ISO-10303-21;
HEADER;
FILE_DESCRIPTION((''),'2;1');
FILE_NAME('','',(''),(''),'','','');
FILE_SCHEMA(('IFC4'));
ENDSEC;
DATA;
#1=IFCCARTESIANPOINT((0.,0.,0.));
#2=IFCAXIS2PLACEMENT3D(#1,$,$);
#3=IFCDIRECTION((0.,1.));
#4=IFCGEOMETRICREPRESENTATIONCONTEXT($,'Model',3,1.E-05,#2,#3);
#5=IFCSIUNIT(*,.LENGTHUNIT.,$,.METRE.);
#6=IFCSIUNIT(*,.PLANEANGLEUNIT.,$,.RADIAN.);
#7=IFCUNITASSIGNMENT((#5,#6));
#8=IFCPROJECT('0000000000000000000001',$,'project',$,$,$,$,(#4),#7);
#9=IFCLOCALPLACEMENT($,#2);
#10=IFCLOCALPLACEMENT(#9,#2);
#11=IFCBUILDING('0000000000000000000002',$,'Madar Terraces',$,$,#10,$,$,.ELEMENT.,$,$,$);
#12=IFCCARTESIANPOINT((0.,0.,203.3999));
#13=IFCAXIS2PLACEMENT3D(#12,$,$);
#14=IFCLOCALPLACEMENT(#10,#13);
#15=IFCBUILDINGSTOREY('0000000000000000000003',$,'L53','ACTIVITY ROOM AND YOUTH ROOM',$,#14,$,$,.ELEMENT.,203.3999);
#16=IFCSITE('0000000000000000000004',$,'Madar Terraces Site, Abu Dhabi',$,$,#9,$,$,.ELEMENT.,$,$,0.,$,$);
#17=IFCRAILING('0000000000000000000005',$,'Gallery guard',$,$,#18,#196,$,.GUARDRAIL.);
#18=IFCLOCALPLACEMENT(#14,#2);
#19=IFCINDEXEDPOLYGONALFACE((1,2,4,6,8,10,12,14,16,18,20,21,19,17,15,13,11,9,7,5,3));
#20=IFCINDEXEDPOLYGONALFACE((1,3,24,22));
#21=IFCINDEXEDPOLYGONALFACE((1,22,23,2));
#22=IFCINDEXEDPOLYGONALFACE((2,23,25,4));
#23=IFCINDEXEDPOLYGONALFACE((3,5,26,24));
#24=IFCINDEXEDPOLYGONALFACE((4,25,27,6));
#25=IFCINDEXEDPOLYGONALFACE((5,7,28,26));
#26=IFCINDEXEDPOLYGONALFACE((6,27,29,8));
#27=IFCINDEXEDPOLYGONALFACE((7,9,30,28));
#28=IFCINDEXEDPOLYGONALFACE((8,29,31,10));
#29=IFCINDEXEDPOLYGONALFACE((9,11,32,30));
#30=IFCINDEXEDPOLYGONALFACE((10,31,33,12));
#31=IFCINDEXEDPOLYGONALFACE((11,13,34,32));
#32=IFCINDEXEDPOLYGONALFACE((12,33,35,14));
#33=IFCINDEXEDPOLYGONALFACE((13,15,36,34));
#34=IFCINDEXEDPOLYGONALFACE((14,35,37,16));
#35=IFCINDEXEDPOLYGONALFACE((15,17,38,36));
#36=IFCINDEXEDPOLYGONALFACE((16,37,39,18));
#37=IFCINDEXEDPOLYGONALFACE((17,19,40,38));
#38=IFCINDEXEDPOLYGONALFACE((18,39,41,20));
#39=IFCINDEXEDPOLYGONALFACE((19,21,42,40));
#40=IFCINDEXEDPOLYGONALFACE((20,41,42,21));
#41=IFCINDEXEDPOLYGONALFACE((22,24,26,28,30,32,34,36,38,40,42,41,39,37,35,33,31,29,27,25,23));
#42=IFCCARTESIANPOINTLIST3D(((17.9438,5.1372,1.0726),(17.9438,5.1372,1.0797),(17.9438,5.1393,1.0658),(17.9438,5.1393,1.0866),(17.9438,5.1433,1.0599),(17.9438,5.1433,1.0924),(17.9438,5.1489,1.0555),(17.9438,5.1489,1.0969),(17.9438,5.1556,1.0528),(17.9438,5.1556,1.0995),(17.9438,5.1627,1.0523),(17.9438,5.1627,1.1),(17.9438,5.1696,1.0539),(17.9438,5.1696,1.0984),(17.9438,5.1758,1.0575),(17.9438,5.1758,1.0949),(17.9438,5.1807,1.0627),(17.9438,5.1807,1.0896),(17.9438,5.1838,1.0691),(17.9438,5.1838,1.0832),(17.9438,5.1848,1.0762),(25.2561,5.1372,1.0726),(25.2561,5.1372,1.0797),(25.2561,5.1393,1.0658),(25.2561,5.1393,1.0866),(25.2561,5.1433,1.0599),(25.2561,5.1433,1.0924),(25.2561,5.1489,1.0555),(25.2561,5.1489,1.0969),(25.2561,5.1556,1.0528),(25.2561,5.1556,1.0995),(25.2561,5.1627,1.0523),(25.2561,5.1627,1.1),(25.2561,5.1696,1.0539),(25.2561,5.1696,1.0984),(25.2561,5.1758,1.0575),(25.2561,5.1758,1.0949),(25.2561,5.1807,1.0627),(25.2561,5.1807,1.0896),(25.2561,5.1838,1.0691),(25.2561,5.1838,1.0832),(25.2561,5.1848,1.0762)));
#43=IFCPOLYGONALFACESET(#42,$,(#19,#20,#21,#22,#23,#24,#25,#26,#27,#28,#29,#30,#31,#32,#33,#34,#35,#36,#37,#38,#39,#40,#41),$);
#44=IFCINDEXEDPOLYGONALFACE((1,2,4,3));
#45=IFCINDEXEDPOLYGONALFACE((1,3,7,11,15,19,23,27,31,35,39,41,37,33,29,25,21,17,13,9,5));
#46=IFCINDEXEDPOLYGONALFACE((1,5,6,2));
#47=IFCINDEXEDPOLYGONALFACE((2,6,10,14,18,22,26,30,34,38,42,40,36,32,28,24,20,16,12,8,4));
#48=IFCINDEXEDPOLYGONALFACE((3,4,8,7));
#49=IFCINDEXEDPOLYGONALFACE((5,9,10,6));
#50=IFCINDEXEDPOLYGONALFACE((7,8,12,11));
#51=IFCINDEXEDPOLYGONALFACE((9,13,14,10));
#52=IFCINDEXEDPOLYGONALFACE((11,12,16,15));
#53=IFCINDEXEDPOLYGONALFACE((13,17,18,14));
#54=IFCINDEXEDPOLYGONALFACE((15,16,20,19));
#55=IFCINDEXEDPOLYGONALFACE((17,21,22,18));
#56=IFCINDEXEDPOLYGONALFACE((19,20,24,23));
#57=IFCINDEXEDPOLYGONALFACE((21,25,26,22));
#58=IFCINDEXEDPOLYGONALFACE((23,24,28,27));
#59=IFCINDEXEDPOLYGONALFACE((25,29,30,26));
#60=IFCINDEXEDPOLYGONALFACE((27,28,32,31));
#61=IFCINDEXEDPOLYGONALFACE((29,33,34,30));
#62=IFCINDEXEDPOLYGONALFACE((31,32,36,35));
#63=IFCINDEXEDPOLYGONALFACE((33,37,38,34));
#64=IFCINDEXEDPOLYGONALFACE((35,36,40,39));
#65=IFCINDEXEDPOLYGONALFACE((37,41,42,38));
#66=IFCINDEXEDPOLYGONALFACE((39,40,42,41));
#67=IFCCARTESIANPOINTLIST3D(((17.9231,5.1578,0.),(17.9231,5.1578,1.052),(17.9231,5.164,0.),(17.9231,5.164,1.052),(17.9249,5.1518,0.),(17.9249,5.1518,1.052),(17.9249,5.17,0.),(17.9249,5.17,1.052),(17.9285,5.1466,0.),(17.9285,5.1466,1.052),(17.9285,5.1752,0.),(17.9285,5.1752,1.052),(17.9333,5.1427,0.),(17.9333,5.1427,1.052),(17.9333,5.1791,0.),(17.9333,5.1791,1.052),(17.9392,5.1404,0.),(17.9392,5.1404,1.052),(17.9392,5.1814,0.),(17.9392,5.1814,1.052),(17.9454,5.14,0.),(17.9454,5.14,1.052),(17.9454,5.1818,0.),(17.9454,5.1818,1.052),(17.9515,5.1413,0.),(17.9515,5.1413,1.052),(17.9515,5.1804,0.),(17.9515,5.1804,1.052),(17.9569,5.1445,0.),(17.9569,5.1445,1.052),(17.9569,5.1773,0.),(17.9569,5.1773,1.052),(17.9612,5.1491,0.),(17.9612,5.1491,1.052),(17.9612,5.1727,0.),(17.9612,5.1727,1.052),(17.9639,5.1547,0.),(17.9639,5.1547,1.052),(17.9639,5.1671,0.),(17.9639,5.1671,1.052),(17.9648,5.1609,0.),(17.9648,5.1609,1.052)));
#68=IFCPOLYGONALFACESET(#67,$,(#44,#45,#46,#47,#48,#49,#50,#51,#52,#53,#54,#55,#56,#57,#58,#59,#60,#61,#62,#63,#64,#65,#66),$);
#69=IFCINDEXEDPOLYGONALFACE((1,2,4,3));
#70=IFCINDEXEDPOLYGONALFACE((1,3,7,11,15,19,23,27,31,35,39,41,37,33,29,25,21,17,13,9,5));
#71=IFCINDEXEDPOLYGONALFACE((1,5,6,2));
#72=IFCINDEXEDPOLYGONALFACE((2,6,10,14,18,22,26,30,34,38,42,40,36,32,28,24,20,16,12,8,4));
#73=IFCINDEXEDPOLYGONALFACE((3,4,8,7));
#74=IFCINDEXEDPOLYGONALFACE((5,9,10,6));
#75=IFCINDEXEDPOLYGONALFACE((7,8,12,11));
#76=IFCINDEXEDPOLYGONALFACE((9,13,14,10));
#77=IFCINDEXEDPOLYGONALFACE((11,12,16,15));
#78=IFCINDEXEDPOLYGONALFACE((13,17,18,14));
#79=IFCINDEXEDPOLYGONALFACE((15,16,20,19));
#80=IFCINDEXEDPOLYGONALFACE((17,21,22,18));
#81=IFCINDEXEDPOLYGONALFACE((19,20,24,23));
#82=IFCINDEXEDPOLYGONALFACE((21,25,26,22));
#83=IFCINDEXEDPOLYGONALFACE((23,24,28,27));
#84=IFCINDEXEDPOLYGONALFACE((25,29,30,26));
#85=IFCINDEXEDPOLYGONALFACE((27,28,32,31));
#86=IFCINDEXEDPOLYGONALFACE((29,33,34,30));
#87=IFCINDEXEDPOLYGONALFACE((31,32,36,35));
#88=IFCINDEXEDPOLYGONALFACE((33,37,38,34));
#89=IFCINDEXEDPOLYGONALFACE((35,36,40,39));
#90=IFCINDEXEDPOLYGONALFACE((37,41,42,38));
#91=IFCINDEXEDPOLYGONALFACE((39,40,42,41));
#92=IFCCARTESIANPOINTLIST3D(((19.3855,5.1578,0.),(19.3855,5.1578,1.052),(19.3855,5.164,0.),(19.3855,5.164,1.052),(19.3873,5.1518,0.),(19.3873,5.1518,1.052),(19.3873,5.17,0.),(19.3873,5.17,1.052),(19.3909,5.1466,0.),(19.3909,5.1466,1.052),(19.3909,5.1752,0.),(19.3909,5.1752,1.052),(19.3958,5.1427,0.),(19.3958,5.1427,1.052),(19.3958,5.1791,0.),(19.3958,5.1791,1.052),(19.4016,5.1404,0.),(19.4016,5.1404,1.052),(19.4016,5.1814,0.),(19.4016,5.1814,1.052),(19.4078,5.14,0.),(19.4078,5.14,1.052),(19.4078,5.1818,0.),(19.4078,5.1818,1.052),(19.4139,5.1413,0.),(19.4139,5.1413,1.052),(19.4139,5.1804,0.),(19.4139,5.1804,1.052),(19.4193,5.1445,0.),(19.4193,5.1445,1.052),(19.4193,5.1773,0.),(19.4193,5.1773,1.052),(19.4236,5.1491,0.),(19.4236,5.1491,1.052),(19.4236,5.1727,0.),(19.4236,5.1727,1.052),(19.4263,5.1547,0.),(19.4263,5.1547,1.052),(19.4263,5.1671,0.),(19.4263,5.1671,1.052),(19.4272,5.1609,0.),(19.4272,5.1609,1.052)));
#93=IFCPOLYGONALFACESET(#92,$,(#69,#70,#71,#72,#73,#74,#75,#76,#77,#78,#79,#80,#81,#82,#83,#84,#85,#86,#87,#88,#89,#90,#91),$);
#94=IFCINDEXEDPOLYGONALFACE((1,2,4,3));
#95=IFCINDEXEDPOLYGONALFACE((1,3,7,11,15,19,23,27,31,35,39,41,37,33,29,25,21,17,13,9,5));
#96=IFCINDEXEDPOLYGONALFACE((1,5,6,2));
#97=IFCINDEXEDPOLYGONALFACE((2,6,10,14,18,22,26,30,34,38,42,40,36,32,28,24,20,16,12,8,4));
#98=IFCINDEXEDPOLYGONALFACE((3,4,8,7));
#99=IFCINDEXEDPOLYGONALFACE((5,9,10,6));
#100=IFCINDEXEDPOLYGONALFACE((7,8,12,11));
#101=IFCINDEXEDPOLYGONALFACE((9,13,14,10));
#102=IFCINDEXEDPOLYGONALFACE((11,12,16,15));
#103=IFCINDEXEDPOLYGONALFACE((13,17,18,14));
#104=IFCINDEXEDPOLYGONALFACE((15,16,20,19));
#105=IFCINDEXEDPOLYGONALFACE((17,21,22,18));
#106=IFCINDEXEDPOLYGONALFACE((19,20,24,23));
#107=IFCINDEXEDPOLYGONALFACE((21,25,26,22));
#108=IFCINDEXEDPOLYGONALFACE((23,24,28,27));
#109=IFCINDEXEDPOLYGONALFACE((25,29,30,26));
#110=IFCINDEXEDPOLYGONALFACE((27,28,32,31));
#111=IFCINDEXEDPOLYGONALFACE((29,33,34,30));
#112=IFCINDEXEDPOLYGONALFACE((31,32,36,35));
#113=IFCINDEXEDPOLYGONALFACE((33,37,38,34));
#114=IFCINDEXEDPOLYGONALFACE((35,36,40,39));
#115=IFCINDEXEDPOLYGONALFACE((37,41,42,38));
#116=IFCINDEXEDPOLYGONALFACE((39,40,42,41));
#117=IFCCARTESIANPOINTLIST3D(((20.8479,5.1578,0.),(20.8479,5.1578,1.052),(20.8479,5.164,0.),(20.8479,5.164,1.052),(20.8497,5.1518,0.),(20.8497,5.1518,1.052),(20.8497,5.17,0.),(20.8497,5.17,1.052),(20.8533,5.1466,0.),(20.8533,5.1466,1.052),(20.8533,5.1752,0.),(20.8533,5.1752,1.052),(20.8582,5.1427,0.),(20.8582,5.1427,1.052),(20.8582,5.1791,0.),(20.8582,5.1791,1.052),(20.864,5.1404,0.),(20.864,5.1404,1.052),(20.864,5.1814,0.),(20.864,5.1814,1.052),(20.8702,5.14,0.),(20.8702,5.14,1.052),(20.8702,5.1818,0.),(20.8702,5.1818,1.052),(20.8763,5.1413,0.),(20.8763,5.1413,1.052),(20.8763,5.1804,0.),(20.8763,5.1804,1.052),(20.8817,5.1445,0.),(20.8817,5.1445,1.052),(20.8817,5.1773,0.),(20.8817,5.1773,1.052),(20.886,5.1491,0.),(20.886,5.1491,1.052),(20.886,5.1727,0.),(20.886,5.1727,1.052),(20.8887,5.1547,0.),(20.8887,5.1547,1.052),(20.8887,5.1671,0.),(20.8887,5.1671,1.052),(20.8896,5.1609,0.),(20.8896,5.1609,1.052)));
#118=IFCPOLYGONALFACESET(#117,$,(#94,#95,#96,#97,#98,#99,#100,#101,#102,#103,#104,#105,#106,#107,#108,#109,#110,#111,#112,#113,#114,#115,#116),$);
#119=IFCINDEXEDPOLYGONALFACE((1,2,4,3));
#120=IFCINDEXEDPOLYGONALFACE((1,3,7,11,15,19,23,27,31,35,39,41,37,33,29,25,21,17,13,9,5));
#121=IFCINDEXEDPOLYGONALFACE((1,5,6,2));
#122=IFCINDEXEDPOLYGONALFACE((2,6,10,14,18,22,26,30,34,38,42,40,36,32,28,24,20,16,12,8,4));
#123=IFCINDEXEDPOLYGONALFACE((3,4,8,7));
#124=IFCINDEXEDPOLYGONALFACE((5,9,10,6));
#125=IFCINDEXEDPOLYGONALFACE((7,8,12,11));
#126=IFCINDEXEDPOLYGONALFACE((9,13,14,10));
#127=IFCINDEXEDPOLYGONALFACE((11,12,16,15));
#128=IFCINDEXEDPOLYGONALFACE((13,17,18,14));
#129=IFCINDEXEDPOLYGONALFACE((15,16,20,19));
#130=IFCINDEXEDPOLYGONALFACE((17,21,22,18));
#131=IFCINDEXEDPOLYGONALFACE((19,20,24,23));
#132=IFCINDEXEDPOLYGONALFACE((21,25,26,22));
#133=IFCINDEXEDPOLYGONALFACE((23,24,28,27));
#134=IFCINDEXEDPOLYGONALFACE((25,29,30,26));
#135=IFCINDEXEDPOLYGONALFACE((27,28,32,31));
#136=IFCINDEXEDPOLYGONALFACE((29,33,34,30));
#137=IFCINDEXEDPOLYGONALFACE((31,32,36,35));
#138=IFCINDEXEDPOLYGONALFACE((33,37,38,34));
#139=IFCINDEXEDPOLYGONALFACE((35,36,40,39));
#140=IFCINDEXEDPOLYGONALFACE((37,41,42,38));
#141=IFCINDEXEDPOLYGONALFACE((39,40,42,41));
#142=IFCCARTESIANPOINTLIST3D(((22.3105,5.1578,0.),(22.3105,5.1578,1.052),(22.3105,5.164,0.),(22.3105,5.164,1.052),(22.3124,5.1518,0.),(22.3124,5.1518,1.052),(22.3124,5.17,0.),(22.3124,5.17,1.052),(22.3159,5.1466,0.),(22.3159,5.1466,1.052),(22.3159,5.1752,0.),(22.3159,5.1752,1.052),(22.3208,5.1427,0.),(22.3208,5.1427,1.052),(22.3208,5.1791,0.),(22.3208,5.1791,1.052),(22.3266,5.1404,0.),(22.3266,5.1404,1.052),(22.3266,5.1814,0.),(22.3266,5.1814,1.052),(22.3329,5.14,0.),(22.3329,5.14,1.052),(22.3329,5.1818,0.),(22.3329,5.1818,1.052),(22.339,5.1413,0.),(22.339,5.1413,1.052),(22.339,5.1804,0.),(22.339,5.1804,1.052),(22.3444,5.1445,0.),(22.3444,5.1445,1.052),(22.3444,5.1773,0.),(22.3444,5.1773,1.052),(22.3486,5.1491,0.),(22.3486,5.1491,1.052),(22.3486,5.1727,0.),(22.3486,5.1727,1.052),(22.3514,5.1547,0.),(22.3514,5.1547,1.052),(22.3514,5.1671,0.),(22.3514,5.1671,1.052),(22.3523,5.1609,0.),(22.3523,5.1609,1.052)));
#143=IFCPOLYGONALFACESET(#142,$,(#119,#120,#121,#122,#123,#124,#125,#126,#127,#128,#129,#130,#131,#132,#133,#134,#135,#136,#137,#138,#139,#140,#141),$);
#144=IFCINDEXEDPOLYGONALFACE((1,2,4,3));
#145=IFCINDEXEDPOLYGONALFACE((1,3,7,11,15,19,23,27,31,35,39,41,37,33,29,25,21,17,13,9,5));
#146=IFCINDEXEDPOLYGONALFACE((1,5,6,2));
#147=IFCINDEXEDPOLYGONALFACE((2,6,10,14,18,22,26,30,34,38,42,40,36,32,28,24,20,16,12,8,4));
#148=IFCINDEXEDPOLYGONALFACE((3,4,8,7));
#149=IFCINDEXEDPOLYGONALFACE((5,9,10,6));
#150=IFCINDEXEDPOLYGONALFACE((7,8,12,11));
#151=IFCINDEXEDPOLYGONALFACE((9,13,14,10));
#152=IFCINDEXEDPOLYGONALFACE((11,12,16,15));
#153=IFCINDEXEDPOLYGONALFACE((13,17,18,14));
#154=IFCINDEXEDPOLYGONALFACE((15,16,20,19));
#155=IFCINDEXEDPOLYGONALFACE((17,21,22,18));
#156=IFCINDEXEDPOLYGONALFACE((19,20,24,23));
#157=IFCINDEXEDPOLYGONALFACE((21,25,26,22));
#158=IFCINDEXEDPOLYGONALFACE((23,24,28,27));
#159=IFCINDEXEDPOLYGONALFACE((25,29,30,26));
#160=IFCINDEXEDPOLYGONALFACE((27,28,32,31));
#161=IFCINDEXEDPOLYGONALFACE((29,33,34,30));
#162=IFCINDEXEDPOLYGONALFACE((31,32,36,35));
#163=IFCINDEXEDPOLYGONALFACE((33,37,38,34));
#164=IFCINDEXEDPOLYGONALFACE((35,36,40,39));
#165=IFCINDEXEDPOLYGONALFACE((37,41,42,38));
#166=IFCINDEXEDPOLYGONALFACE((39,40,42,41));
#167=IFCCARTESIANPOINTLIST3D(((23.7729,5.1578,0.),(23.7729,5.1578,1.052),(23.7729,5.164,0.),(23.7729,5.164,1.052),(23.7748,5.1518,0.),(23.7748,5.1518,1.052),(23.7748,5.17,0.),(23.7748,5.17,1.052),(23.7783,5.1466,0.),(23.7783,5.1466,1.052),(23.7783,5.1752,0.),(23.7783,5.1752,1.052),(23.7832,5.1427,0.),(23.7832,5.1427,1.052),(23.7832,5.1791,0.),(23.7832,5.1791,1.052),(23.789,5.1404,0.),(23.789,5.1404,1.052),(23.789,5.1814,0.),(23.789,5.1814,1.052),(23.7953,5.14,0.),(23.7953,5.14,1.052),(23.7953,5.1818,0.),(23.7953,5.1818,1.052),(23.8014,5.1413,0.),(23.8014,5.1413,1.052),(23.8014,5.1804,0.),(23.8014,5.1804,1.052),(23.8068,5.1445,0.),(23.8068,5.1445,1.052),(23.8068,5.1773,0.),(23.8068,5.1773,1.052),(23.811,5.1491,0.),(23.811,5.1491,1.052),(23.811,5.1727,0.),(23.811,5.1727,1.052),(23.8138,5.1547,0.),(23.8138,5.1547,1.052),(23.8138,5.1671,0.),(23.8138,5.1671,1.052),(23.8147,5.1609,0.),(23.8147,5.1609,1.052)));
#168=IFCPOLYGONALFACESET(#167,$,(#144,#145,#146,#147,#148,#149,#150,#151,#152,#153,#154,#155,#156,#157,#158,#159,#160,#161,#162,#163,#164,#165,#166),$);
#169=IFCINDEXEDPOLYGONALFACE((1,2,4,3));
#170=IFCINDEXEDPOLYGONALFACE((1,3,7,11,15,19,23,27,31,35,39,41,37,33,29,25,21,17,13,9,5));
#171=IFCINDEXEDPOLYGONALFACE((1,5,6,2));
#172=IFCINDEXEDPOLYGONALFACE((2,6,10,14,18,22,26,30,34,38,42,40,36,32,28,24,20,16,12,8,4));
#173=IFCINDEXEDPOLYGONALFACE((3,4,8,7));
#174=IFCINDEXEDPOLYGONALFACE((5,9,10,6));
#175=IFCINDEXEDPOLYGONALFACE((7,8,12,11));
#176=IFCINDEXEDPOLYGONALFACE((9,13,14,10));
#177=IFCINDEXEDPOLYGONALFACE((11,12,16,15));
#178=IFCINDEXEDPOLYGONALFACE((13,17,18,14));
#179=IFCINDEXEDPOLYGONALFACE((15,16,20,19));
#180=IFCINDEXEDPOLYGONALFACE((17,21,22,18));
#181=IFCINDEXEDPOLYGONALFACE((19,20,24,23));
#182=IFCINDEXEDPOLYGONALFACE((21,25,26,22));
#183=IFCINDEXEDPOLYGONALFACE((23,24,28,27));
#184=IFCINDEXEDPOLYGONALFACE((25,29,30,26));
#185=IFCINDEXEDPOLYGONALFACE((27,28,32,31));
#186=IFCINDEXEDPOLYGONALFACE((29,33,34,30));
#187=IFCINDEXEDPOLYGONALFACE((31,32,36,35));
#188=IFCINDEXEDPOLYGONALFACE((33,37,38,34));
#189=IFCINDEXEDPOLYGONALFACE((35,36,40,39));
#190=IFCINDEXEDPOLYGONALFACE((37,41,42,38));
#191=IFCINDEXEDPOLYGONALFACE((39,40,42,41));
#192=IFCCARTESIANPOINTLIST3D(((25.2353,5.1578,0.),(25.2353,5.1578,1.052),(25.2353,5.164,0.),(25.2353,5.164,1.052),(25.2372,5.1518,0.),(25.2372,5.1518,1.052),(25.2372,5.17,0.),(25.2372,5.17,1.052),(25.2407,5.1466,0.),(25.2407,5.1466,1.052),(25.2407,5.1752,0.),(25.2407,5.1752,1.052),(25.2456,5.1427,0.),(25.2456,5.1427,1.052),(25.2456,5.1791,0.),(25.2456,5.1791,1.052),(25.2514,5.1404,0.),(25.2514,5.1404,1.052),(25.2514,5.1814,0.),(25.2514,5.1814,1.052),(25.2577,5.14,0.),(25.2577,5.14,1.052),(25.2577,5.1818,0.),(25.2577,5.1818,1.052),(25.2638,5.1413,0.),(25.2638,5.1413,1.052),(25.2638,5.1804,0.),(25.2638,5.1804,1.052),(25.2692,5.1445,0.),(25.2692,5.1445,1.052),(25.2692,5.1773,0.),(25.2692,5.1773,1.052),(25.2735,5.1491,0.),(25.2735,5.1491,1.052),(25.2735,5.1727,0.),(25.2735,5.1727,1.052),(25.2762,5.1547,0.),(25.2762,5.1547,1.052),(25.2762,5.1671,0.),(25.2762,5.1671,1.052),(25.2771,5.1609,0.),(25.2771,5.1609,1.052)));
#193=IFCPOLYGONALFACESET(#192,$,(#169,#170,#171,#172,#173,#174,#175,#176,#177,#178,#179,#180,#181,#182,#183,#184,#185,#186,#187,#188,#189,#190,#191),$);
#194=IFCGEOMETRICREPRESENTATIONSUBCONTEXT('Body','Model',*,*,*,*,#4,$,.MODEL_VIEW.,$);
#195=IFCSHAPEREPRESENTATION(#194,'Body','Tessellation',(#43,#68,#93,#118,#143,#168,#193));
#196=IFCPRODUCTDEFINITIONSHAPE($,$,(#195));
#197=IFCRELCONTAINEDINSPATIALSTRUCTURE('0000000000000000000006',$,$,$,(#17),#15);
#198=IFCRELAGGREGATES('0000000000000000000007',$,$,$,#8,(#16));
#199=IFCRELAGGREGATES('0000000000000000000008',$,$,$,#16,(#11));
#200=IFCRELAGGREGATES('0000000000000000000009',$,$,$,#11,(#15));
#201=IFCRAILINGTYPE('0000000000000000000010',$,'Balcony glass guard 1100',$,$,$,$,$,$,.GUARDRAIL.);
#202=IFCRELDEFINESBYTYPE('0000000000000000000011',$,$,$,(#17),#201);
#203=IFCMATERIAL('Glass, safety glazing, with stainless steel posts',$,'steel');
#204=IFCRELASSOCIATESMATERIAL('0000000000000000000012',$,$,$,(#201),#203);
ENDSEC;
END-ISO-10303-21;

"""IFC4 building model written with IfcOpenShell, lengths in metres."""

from ifc_helpers import new_model, si_unit, direction, frame, origin, origin_2d, place, context, subcontext, project, spatial, circle, extrude, material, type_object, element, save


model = new_model("IFC4")

# Units and contexts
model_context = context("Model", 3, precision=1e-05, world=origin(), true_north=direction((0.0, 1.0)))
body_context = subcontext(model_context, "Body", "Model", "MODEL_VIEW")
ifc_project = project(units=[si_unit("LENGTHUNIT", "METRE"), si_unit("PLANEANGLEUNIT", "RADIAN")], contexts=[model_context])

# Site, building, storey
site_placement = place(None, origin())
site = spatial("IfcSite", under=ifc_project, at=site_placement, Name="Madar Terraces Site, Abu Dhabi", CompositionType="ELEMENT", RefElevation=0.0)
building_placement = place(site_placement, origin())
building = spatial("IfcBuilding", under=site, at=building_placement, Name="Madar Terraces", CompositionType="ELEMENT")
storey_placement = place(building_placement, frame((0.0, 0.0, 203.3999)))
storey = spatial("IfcBuildingStorey", under=building, at=storey_placement, Name="L53", Description="ACTIVITY ROOM AND YOUTH ROOM", CompositionType="ELEMENT", Elevation=203.3999)

# Railing
ifc_material_1 = material(Name="Glass, safety glazing, with stainless steel posts", Category="steel")
railing_type = type_object("IfcRailingType", Name="Balcony glass guard 1100", PredefinedType="GUARDRAIL", material=ifc_material_1)
railing_1_placement = place(storey_placement, frame((17.9438, 5.1609, 0.0)))
element("IfcRailing", 1, at=railing_1_placement, inside=storey, type_object=railing_type, Name="Gallery guard", PredefinedType="GUARDRAIL", context=body_context, shape_type="SweptSolid", body=[
    extrude(circle(Radius=0.0239, at=origin_2d()), frame((0.0, 0.0, 1.0762), z_axis=(1.0, 0.0, 0.0), x_axis=(0.0, 1.0, 0.0)), (0.0, 0.0, 1.0), 7.3123),
    extrude(circle(Radius=0.021, at=origin_2d()), origin(), (0.0, 0.0, 1.0), 1.052),
    extrude(circle(Radius=0.021, at=origin_2d()), frame((1.4624, 0.0, 0.0)), (0.0, 0.0, 1.0), 1.052),
    extrude(circle(Radius=0.021, at=origin_2d()), frame((2.9248, 0.0, 0.0)), (0.0, 0.0, 1.0), 1.052),
    extrude(circle(Radius=0.021, at=origin_2d()), frame((4.3875, 0.0, 0.0)), (0.0, 0.0, 1.0), 1.052),
    extrude(circle(Radius=0.021, at=origin_2d()), frame((5.8499, 0.0, 0.0)), (0.0, 0.0, 1.0), 1.052),
    extrude(circle(Radius=0.021, at=origin_2d()), frame((7.3123, 0.0, 0.0)), (0.0, 0.0, 1.0), 1.052),
])

save(model, "model.ifc")
